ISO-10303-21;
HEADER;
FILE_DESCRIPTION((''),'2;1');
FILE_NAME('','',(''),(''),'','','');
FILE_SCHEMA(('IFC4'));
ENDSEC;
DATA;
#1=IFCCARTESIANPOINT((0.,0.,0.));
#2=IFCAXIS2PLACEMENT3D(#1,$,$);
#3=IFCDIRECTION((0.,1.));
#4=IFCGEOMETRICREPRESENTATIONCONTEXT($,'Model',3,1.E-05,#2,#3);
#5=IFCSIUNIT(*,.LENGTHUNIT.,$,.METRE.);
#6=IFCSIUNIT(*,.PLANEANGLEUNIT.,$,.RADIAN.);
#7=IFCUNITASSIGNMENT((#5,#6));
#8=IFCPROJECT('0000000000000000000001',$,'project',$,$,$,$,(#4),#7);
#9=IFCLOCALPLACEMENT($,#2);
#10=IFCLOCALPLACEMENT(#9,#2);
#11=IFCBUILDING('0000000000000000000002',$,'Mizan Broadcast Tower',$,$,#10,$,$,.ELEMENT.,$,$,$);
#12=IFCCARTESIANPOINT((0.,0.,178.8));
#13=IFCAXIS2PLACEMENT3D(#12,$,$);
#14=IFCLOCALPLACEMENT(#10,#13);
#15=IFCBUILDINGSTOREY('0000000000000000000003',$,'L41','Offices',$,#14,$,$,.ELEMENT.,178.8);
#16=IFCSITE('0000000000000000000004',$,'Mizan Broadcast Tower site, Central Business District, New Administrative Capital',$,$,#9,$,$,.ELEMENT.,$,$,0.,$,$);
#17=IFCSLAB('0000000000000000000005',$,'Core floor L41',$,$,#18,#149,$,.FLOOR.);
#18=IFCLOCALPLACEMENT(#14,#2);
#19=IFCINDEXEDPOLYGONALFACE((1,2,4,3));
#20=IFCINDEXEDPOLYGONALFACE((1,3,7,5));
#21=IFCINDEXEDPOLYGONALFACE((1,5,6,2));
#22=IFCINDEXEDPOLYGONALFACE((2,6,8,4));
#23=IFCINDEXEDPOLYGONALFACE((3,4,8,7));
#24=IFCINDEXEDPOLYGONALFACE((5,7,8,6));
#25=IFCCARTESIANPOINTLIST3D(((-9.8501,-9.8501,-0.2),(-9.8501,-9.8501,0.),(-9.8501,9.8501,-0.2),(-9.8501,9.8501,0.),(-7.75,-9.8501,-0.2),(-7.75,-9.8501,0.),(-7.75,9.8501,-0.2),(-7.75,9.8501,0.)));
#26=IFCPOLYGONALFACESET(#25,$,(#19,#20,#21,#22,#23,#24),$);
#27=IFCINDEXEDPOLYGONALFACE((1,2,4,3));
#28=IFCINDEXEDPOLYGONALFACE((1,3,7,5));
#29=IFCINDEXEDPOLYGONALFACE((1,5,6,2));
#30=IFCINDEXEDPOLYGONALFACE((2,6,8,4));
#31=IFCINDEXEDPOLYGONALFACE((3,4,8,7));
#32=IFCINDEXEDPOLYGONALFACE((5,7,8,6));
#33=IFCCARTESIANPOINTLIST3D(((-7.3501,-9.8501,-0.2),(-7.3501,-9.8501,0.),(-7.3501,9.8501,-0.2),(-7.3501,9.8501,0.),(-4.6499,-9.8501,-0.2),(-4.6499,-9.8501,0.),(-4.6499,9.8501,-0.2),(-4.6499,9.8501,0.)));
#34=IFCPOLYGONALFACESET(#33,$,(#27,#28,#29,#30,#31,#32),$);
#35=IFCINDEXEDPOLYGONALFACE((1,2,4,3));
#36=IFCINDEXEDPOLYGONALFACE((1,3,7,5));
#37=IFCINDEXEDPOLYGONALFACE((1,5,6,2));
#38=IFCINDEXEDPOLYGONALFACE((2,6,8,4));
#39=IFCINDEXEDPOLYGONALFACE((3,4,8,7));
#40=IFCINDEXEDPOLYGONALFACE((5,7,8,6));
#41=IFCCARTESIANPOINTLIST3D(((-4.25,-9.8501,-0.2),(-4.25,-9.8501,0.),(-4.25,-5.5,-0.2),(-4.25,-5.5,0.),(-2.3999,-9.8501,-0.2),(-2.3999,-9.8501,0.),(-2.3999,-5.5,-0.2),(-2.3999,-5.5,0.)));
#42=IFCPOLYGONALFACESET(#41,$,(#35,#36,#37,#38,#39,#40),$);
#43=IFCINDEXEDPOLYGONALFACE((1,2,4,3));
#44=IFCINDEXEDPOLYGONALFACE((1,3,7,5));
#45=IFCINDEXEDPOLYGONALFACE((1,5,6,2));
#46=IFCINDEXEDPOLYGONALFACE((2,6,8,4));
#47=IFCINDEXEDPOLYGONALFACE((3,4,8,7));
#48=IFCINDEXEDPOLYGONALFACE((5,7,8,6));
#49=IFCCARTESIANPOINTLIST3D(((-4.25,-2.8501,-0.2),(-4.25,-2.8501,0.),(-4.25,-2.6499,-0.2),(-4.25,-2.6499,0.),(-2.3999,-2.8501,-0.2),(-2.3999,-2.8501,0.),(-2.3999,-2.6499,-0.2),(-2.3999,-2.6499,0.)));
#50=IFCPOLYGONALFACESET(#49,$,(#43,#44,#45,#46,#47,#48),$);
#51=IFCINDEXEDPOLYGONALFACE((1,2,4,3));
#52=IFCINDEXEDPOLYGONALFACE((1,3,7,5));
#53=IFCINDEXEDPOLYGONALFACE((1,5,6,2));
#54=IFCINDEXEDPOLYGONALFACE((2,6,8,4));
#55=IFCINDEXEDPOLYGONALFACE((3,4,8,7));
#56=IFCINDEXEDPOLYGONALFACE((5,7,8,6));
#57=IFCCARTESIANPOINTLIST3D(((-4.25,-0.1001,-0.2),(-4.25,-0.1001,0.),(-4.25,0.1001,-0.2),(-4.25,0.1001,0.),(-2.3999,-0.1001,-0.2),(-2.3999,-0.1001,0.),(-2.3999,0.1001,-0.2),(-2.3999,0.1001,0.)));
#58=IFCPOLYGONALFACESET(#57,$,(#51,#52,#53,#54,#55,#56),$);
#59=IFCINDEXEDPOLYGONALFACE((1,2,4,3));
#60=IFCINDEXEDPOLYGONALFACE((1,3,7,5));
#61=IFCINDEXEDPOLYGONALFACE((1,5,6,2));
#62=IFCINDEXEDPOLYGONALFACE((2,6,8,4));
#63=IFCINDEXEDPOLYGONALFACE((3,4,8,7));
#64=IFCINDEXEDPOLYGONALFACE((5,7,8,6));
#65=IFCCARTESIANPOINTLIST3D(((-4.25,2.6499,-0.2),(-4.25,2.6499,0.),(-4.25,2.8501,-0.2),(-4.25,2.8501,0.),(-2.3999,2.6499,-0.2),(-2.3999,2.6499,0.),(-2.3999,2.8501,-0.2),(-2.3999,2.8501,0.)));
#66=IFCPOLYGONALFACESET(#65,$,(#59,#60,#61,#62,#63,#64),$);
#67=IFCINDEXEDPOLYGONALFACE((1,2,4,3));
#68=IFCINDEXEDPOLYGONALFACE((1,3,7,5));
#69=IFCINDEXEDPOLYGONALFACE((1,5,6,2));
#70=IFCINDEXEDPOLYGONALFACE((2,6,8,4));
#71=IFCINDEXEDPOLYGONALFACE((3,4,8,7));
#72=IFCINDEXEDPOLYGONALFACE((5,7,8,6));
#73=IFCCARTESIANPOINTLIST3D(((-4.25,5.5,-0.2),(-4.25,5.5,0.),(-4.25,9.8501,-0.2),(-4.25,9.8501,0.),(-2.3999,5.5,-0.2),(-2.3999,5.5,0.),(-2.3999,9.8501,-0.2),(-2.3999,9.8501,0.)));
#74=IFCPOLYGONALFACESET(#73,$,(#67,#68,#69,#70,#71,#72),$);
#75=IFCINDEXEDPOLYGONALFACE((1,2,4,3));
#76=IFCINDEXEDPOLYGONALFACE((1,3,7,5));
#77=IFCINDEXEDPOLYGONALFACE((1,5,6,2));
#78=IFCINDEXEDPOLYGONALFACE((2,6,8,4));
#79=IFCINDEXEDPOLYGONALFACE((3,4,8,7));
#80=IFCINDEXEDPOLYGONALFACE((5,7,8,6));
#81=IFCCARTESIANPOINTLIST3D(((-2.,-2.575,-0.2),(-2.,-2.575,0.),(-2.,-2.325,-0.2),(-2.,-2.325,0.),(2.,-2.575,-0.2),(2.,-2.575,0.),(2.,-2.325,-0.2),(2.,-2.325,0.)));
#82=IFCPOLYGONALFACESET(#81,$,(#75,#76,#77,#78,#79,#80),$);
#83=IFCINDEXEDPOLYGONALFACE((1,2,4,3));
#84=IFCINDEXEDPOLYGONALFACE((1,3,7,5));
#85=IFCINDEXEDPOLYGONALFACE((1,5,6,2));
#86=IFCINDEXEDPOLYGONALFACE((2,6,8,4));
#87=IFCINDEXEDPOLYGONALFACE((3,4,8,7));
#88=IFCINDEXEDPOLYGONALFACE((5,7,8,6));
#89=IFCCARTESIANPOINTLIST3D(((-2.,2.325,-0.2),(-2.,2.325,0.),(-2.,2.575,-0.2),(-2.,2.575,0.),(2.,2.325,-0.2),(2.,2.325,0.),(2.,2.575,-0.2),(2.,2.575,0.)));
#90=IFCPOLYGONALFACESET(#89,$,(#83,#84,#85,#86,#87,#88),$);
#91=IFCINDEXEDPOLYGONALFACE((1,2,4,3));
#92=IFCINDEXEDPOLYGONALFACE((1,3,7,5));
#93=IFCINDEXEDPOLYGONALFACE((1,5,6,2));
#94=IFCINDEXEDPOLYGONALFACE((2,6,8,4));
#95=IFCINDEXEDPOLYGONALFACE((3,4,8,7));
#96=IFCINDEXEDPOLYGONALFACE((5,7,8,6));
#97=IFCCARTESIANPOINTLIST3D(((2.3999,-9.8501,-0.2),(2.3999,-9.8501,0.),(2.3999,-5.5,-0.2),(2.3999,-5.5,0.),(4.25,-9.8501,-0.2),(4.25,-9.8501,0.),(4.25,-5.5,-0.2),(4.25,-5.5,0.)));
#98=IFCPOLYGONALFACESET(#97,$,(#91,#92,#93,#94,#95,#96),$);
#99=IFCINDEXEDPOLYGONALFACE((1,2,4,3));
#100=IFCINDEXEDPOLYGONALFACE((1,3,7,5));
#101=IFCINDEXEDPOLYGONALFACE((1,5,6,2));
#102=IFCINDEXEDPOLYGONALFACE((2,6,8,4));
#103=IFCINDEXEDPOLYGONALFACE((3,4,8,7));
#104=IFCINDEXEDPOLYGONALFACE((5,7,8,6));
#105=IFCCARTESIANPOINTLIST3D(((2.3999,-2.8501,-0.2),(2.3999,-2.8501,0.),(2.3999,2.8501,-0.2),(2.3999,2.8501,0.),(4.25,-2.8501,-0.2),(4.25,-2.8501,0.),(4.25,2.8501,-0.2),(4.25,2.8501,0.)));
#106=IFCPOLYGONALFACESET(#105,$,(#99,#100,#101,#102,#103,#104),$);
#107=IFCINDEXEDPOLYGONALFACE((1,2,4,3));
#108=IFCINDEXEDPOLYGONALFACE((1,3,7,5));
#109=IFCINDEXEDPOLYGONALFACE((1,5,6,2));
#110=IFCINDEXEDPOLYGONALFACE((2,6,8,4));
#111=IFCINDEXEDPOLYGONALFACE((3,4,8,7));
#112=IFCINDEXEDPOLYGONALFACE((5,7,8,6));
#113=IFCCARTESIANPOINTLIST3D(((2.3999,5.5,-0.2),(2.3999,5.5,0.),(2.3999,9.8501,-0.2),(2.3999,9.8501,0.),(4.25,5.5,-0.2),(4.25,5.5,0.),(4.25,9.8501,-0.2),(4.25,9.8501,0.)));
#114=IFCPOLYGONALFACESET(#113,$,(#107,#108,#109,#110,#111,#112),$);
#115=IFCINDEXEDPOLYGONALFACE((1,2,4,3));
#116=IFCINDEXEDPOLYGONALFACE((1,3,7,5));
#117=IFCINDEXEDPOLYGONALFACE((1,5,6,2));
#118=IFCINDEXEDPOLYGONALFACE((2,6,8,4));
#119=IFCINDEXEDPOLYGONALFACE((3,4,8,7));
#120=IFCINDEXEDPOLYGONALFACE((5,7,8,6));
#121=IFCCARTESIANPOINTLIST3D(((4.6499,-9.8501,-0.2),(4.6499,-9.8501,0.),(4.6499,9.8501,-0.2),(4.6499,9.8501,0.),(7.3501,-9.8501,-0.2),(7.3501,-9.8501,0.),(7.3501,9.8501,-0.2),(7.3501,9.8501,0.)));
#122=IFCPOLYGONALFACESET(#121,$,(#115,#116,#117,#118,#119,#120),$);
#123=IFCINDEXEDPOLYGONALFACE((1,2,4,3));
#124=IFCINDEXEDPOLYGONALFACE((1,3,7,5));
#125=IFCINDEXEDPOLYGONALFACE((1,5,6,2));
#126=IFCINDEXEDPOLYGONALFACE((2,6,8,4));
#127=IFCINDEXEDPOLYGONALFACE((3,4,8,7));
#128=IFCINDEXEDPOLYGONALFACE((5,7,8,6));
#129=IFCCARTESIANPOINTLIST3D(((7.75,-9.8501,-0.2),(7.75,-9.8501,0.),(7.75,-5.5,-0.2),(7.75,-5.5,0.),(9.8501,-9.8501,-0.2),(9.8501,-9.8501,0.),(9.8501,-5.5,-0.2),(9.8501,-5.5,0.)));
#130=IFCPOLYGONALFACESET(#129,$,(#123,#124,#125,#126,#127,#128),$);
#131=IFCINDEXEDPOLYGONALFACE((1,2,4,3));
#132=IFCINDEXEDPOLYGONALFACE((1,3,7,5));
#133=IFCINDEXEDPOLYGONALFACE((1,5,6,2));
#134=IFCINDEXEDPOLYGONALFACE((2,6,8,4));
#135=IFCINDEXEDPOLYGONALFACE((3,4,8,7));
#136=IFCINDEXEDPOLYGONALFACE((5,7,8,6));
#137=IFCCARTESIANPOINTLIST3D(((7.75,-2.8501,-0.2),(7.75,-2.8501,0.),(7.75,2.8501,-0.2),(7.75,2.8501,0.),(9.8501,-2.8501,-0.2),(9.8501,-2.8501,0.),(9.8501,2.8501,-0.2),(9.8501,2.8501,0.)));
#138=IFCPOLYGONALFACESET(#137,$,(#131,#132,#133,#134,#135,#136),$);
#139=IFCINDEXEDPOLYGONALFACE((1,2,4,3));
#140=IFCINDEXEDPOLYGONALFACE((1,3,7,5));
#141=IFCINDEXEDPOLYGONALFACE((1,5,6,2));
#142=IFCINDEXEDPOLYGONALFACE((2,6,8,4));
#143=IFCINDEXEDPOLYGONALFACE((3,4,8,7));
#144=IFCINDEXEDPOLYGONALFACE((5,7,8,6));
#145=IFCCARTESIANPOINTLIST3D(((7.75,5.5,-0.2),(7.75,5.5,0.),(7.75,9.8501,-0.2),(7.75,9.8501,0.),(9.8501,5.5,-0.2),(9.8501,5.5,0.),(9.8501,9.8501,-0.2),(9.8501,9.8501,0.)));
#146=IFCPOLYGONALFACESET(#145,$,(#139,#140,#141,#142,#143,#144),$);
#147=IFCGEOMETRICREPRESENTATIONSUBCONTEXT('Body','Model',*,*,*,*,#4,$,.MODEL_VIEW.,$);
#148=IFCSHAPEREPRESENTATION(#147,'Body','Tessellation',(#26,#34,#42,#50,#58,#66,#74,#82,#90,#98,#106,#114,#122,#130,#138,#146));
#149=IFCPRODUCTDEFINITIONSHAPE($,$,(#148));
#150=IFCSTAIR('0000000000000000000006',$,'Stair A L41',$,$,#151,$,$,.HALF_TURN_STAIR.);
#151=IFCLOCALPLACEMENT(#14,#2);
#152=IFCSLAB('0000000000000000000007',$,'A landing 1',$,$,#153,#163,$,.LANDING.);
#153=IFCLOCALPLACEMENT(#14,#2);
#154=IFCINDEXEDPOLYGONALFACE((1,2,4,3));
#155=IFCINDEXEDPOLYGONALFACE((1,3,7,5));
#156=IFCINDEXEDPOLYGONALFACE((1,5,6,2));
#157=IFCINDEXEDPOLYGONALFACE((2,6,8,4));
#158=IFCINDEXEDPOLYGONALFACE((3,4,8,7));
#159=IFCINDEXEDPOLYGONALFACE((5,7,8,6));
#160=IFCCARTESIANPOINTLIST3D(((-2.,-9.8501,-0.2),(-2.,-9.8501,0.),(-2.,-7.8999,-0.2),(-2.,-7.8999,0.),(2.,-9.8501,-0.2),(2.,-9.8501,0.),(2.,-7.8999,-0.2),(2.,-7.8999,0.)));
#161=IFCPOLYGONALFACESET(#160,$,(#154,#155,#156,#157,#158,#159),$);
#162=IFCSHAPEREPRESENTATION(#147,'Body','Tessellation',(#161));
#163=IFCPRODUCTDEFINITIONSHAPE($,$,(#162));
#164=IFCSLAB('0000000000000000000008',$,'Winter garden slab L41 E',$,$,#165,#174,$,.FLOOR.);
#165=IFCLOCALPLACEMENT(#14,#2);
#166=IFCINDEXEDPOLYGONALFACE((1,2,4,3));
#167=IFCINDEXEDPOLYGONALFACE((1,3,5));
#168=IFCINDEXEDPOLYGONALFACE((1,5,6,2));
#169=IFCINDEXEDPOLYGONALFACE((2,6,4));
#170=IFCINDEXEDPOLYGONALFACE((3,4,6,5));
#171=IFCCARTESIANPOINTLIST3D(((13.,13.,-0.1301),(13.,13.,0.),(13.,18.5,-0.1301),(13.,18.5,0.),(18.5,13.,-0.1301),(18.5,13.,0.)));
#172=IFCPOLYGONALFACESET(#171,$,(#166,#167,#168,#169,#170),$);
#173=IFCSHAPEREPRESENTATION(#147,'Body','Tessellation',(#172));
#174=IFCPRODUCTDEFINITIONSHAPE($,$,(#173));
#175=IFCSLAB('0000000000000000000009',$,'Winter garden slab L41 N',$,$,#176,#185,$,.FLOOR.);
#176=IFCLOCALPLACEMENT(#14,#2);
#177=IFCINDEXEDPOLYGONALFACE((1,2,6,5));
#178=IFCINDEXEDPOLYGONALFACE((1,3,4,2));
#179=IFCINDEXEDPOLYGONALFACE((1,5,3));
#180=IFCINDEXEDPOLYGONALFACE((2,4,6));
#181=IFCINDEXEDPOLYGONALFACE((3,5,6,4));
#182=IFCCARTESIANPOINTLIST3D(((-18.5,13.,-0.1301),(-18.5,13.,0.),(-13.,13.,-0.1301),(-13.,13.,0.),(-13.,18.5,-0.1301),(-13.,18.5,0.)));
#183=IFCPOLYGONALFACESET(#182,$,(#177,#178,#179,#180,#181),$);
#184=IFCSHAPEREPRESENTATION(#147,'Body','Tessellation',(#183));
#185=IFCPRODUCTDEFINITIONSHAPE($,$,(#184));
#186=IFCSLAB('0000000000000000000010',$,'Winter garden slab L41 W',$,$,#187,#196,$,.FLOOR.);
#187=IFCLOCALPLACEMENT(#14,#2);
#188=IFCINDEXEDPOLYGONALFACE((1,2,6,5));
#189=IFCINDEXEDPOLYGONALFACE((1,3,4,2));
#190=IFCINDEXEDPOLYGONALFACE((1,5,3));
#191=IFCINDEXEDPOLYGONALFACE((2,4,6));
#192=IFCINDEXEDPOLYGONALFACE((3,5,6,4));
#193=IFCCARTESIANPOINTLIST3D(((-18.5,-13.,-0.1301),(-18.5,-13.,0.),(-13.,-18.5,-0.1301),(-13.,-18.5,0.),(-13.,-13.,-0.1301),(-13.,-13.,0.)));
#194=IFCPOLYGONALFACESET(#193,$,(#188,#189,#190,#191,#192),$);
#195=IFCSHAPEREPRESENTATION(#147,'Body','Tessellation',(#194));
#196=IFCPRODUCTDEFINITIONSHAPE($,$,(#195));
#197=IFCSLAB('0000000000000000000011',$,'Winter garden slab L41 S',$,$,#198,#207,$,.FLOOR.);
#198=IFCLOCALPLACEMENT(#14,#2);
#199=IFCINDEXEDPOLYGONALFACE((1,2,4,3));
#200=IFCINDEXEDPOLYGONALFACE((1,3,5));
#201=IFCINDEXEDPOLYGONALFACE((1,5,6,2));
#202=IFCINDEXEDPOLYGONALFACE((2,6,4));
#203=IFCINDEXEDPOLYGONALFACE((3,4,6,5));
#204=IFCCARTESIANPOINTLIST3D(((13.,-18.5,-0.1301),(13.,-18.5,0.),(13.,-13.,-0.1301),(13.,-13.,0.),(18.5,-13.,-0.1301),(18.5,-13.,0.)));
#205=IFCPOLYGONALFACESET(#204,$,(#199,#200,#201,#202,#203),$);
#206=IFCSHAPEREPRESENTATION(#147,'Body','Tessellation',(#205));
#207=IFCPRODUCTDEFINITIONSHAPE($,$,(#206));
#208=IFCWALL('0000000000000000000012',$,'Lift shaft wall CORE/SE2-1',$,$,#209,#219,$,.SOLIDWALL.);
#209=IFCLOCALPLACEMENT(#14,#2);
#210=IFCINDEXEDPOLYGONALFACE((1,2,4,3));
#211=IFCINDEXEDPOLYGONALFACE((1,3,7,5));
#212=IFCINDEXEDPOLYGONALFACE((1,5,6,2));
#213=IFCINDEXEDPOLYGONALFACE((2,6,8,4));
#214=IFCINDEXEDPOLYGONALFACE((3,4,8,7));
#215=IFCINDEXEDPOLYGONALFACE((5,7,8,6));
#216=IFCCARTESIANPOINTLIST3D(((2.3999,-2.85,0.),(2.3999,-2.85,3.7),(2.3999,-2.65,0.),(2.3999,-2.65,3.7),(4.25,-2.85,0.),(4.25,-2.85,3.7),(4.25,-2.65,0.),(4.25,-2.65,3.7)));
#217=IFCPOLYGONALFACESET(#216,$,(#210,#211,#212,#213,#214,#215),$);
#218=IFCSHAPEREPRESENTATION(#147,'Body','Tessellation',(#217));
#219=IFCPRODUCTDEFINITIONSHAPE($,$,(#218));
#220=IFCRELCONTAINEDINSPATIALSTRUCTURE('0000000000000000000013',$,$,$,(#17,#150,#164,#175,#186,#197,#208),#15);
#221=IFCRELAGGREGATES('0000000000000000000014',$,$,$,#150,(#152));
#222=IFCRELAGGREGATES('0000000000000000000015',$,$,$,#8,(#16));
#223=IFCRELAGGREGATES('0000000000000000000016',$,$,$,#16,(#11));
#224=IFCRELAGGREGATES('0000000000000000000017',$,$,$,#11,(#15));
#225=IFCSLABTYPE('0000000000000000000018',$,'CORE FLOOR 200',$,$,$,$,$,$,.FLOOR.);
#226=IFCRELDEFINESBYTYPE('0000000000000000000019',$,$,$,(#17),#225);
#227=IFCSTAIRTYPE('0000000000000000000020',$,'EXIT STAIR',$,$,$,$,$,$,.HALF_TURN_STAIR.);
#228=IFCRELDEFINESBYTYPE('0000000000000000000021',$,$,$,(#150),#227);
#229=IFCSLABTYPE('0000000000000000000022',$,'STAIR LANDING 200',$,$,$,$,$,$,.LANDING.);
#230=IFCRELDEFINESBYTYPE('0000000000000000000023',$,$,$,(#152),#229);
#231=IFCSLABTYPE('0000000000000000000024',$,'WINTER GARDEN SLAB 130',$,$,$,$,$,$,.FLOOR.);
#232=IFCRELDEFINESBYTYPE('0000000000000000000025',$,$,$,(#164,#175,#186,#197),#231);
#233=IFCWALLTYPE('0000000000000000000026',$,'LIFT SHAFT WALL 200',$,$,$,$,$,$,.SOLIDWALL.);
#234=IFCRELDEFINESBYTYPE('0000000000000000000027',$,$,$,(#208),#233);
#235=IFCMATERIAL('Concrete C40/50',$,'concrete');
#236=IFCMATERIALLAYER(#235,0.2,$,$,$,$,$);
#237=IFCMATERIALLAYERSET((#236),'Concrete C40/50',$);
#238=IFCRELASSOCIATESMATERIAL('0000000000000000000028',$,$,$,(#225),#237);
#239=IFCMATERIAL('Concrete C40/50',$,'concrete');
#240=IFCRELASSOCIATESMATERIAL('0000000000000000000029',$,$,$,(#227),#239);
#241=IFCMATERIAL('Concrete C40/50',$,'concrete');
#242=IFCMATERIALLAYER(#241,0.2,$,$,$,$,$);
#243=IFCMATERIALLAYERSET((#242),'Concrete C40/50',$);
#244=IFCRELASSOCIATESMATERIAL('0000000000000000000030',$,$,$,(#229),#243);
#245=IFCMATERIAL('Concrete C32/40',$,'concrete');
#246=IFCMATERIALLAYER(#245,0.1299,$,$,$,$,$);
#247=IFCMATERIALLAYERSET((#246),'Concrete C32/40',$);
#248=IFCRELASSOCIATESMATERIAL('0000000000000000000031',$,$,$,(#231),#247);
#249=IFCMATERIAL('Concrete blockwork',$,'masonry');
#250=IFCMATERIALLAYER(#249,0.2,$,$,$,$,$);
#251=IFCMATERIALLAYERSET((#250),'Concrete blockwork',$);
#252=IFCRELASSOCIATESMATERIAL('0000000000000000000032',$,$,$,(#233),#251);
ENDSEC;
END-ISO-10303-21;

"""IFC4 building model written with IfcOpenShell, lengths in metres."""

from ifc_helpers import new_model, si_unit, direction, frame, frame_2d, origin, place, context, subcontext, project, spatial, polyline, rectangle, outline, extrude, material, layer, layer_set, type_object, element, aggregate, save


model = new_model("IFC4")

# Units and contexts
model_context = context("Model", 3, precision=1e-05, world=origin(), true_north=direction((0.0, 1.0)))
body_context = subcontext(model_context, "Body", "Model", "MODEL_VIEW")
ifc_project = project(units=[si_unit("LENGTHUNIT", "METRE"), si_unit("PLANEANGLEUNIT", "RADIAN")], contexts=[model_context])

# Site, building, storey
site_placement = place(None, origin())
site = spatial("IfcSite", under=ifc_project, at=site_placement, Name="Mizan Broadcast Tower site, Central Business District, New Administrative Capital", CompositionType="ELEMENT", RefElevation=0.0)
building_placement = place(site_placement, origin())
building = spatial("IfcBuilding", under=site, at=building_placement, Name="Mizan Broadcast Tower", CompositionType="ELEMENT")
storey_placement = place(building_placement, frame((0.0, 0.0, 178.8)))
storey = spatial("IfcBuildingStorey", under=building, at=storey_placement, Name="L41", Description="Offices", CompositionType="ELEMENT", Elevation=178.8)

# Slab
ifc_material_1 = material(Name="Concrete C40/50", Category="concrete")
ifc_layer_1 = layer(ifc_material_1, 0.2)
ifc_layer_set_1 = layer_set([ifc_layer_1], Name="Concrete C40/50")
slab_type_1 = type_object("IfcSlabType", Name="CORE FLOOR 200", PredefinedType="FLOOR", material=ifc_layer_set_1)
slab_1_placement = place(storey_placement, frame((0.0, 0.0, -0.2)))
element("IfcSlab", 1, at=slab_1_placement, inside=storey, type_object=slab_type_1, Name="Core floor L41", PredefinedType="FLOOR", context=body_context, shape_type="SweptSolid", body=[
    extrude(outline(polyline([(-9.8501, -9.8501), (-7.75, -9.8501), (-7.75, 9.8501), (-9.8501, 9.8501), (-9.8501, -9.8501)])), origin(), (0.0, 0.0, 1.0), 0.2),
    extrude(outline(polyline([(-4.6499, 9.8501), (-7.3501, 9.8501), (-7.3501, -9.8501), (-4.6499, -9.8501), (-4.6499, 9.8501)])), origin(), (0.0, 0.0, 1.0), 0.2),
    extrude(outline(polyline([(-4.25, -5.5), (-4.25, -9.8501), (-2.3999, -9.8501), (-2.3999, -5.5), (-4.25, -5.5)])), origin(), (0.0, 0.0, 1.0), 0.2),
    extrude(outline(polyline([(-4.25, -2.8501), (-2.3999, -2.8501), (-2.3999, -2.6499), (-4.25, -2.6499), (-4.25, -2.8501)])), origin(), (0.0, 0.0, 1.0), 0.2),
    extrude(outline(polyline([(-4.25, -0.1001), (-2.3999, -0.1001), (-2.3999, 0.1001), (-4.25, 0.1001), (-4.25, -0.1001)])), origin(), (0.0, 0.0, 1.0), 0.2),
    extrude(outline(polyline([(-4.25, 2.6499), (-2.3999, 2.6499), (-2.3999, 2.8501), (-4.25, 2.8501), (-4.25, 2.6499)])), origin(), (0.0, 0.0, 1.0), 0.2),
    extrude(outline(polyline([(-4.25, 5.5), (-2.3999, 5.5), (-2.3999, 9.8501), (-4.25, 9.8501), (-4.25, 5.5)])), origin(), (0.0, 0.0, 1.0), 0.2),
    extrude(outline(polyline([(2.0, -2.325), (-2.0, -2.325), (-2.0, -2.575), (2.0, -2.575), (2.0, -2.325)])), origin(), (0.0, 0.0, 1.0), 0.2),
    extrude(outline(polyline([(2.0, 2.575), (-2.0, 2.575), (-2.0, 2.325), (2.0, 2.325), (2.0, 2.575)])), origin(), (0.0, 0.0, 1.0), 0.2),
    extrude(outline(polyline([(4.25, -9.8501), (4.25, -5.5), (2.3999, -5.5), (2.3999, -9.8501), (4.25, -9.8501)])), origin(), (0.0, 0.0, 1.0), 0.2),
    extrude(outline(polyline([(4.25, -2.8501), (4.25, 2.8501), (2.3999, 2.8501), (2.3999, -2.8501), (4.25, -2.8501)])), origin(), (0.0, 0.0, 1.0), 0.2),
    extrude(outline(polyline([(4.25, 5.5), (4.25, 9.8501), (2.3999, 9.8501), (2.3999, 5.5), (4.25, 5.5)])), origin(), (0.0, 0.0, 1.0), 0.2),
    extrude(outline(polyline([(4.6499, 9.8501), (4.6499, -9.8501), (7.3501, -9.8501), (7.3501, 9.8501), (4.6499, 9.8501)])), origin(), (0.0, 0.0, 1.0), 0.2),
    extrude(outline(polyline([(9.8501, -9.8501), (9.8501, -5.5), (7.75, -5.5), (7.75, -9.8501), (9.8501, -9.8501)])), origin(), (0.0, 0.0, 1.0), 0.2),
    extrude(outline(polyline([(7.75, -2.8501), (9.8501, -2.8501), (9.8501, 2.8501), (7.75, 2.8501), (7.75, -2.8501)])), origin(), (0.0, 0.0, 1.0), 0.2),
    extrude(outline(polyline([(9.8501, 5.5), (9.8501, 9.8501), (7.75, 9.8501), (7.75, 5.5), (9.8501, 5.5)])), origin(), (0.0, 0.0, 1.0), 0.2),
])

# Stair, slab
ifc_material_2 = material(Name="Concrete C40/50", Category="concrete")
stair_type = type_object("IfcStairType", Name="EXIT STAIR", PredefinedType="HALF_TURN_STAIR", material=ifc_material_2)
stair_placement = place(storey_placement, origin())
stair = element("IfcStair", 2, at=stair_placement, inside=storey, type_object=stair_type, Name="Stair A L41", PredefinedType="HALF_TURN_STAIR")
ifc_material_3 = material(Name="Concrete C40/50", Category="concrete")
ifc_layer_2 = layer(ifc_material_3, 0.2)
ifc_layer_set_2 = layer_set([ifc_layer_2], Name="Concrete C40/50")
slab_type_2 = type_object("IfcSlabType", Name="STAIR LANDING 200", PredefinedType="LANDING", material=ifc_layer_set_2)
slab_2_placement = place(storey_placement, frame((0.0, 0.0, -0.2)))
slab_2 = element("IfcSlab", 3, at=slab_2_placement, type_object=slab_type_2, Name="A landing 1", PredefinedType="LANDING", context=body_context, shape_type="SweptSolid", body=[
    extrude(outline(polyline([(-2.0, -9.8501), (-2.0, -7.8999), (2.0, -7.8999), (2.0, -9.8501), (-2.0, -9.8501)])), origin(), (0.0, 0.0, 1.0), 0.2),
])

# Slabs
ifc_material_4 = material(Name="Concrete C32/40", Category="concrete")
ifc_layer_3 = layer(ifc_material_4, 0.1299)
ifc_layer_set_3 = layer_set([ifc_layer_3], Name="Concrete C32/40")
slab_type_3 = type_object("IfcSlabType", Name="WINTER GARDEN SLAB 130", PredefinedType="FLOOR", material=ifc_layer_set_3)
slab_3_placement = place(storey_placement, frame((0.0, 0.0, -0.1301)))
element("IfcSlab", 4, at=slab_3_placement, inside=storey, type_object=slab_type_3, Name="Winter garden slab L41 E", PredefinedType="FLOOR", context=body_context, shape_type="SweptSolid", body=[
    extrude(outline(polyline([(13.0, 13.0), (18.5, 13.0), (13.0, 18.5), (13.0, 13.0)])), origin(), (0.0, 0.0, 1.0), 0.1301),
])
slab_4_placement = place(storey_placement, frame((0.0, 0.0, -0.1301)))
element("IfcSlab", 5, at=slab_4_placement, inside=storey, type_object=slab_type_3, Name="Winter garden slab L41 N", PredefinedType="FLOOR", context=body_context, shape_type="SweptSolid", body=[
    extrude(outline(polyline([(-13.0, 13.0), (-13.0, 18.5), (-18.5, 13.0), (-13.0, 13.0)])), origin(), (0.0, 0.0, 1.0), 0.1301),
])
slab_5_placement = place(storey_placement, frame((0.0, 0.0, -0.1301)))
element("IfcSlab", 6, at=slab_5_placement, inside=storey, type_object=slab_type_3, Name="Winter garden slab L41 W", PredefinedType="FLOOR", context=body_context, shape_type="SweptSolid", body=[
    extrude(outline(polyline([(-13.0, -13.0), (-18.5, -13.0), (-13.0, -18.5), (-13.0, -13.0)])), origin(), (0.0, 0.0, 1.0), 0.1301),
])
slab_6_placement = place(storey_placement, frame((0.0, 0.0, -0.1301)))
element("IfcSlab", 7, at=slab_6_placement, inside=storey, type_object=slab_type_3, Name="Winter garden slab L41 S", PredefinedType="FLOOR", context=body_context, shape_type="SweptSolid", body=[
    extrude(outline(polyline([(13.0, -13.0), (13.0, -18.5), (18.5, -13.0), (13.0, -13.0)])), origin(), (0.0, 0.0, 1.0), 0.1301),
])

# Wall
ifc_material_5 = material(Name="Concrete blockwork", Category="masonry")
ifc_layer_4 = layer(ifc_material_5, 0.2)
ifc_layer_set_4 = layer_set([ifc_layer_4], Name="Concrete blockwork")
wall_type_1 = type_object("IfcWallType", Name="LIFT SHAFT WALL 200", PredefinedType="SOLIDWALL", material=ifc_layer_set_4)
wall_1_placement = place(storey_placement, frame((2.3999, -2.75, 0.0), z_axis=(0.0, 0.0, 1.0), x_axis=(1.0, 0.0, 0.0)))
element("IfcWall", 8, at=wall_1_placement, inside=storey, type_object=wall_type_1, Name="Lift shaft wall CORE/SE2-1", PredefinedType="SOLIDWALL", context=body_context, shape_type="SweptSolid", body=[
    extrude(rectangle(XDim=1.8501, YDim=0.2, at=frame_2d((0.925, 0.0))), origin(), (0.0, 0.0, 1.0), 3.7),
])

aggregate(stair, [slab_2])

save(model, "model.ifc")
